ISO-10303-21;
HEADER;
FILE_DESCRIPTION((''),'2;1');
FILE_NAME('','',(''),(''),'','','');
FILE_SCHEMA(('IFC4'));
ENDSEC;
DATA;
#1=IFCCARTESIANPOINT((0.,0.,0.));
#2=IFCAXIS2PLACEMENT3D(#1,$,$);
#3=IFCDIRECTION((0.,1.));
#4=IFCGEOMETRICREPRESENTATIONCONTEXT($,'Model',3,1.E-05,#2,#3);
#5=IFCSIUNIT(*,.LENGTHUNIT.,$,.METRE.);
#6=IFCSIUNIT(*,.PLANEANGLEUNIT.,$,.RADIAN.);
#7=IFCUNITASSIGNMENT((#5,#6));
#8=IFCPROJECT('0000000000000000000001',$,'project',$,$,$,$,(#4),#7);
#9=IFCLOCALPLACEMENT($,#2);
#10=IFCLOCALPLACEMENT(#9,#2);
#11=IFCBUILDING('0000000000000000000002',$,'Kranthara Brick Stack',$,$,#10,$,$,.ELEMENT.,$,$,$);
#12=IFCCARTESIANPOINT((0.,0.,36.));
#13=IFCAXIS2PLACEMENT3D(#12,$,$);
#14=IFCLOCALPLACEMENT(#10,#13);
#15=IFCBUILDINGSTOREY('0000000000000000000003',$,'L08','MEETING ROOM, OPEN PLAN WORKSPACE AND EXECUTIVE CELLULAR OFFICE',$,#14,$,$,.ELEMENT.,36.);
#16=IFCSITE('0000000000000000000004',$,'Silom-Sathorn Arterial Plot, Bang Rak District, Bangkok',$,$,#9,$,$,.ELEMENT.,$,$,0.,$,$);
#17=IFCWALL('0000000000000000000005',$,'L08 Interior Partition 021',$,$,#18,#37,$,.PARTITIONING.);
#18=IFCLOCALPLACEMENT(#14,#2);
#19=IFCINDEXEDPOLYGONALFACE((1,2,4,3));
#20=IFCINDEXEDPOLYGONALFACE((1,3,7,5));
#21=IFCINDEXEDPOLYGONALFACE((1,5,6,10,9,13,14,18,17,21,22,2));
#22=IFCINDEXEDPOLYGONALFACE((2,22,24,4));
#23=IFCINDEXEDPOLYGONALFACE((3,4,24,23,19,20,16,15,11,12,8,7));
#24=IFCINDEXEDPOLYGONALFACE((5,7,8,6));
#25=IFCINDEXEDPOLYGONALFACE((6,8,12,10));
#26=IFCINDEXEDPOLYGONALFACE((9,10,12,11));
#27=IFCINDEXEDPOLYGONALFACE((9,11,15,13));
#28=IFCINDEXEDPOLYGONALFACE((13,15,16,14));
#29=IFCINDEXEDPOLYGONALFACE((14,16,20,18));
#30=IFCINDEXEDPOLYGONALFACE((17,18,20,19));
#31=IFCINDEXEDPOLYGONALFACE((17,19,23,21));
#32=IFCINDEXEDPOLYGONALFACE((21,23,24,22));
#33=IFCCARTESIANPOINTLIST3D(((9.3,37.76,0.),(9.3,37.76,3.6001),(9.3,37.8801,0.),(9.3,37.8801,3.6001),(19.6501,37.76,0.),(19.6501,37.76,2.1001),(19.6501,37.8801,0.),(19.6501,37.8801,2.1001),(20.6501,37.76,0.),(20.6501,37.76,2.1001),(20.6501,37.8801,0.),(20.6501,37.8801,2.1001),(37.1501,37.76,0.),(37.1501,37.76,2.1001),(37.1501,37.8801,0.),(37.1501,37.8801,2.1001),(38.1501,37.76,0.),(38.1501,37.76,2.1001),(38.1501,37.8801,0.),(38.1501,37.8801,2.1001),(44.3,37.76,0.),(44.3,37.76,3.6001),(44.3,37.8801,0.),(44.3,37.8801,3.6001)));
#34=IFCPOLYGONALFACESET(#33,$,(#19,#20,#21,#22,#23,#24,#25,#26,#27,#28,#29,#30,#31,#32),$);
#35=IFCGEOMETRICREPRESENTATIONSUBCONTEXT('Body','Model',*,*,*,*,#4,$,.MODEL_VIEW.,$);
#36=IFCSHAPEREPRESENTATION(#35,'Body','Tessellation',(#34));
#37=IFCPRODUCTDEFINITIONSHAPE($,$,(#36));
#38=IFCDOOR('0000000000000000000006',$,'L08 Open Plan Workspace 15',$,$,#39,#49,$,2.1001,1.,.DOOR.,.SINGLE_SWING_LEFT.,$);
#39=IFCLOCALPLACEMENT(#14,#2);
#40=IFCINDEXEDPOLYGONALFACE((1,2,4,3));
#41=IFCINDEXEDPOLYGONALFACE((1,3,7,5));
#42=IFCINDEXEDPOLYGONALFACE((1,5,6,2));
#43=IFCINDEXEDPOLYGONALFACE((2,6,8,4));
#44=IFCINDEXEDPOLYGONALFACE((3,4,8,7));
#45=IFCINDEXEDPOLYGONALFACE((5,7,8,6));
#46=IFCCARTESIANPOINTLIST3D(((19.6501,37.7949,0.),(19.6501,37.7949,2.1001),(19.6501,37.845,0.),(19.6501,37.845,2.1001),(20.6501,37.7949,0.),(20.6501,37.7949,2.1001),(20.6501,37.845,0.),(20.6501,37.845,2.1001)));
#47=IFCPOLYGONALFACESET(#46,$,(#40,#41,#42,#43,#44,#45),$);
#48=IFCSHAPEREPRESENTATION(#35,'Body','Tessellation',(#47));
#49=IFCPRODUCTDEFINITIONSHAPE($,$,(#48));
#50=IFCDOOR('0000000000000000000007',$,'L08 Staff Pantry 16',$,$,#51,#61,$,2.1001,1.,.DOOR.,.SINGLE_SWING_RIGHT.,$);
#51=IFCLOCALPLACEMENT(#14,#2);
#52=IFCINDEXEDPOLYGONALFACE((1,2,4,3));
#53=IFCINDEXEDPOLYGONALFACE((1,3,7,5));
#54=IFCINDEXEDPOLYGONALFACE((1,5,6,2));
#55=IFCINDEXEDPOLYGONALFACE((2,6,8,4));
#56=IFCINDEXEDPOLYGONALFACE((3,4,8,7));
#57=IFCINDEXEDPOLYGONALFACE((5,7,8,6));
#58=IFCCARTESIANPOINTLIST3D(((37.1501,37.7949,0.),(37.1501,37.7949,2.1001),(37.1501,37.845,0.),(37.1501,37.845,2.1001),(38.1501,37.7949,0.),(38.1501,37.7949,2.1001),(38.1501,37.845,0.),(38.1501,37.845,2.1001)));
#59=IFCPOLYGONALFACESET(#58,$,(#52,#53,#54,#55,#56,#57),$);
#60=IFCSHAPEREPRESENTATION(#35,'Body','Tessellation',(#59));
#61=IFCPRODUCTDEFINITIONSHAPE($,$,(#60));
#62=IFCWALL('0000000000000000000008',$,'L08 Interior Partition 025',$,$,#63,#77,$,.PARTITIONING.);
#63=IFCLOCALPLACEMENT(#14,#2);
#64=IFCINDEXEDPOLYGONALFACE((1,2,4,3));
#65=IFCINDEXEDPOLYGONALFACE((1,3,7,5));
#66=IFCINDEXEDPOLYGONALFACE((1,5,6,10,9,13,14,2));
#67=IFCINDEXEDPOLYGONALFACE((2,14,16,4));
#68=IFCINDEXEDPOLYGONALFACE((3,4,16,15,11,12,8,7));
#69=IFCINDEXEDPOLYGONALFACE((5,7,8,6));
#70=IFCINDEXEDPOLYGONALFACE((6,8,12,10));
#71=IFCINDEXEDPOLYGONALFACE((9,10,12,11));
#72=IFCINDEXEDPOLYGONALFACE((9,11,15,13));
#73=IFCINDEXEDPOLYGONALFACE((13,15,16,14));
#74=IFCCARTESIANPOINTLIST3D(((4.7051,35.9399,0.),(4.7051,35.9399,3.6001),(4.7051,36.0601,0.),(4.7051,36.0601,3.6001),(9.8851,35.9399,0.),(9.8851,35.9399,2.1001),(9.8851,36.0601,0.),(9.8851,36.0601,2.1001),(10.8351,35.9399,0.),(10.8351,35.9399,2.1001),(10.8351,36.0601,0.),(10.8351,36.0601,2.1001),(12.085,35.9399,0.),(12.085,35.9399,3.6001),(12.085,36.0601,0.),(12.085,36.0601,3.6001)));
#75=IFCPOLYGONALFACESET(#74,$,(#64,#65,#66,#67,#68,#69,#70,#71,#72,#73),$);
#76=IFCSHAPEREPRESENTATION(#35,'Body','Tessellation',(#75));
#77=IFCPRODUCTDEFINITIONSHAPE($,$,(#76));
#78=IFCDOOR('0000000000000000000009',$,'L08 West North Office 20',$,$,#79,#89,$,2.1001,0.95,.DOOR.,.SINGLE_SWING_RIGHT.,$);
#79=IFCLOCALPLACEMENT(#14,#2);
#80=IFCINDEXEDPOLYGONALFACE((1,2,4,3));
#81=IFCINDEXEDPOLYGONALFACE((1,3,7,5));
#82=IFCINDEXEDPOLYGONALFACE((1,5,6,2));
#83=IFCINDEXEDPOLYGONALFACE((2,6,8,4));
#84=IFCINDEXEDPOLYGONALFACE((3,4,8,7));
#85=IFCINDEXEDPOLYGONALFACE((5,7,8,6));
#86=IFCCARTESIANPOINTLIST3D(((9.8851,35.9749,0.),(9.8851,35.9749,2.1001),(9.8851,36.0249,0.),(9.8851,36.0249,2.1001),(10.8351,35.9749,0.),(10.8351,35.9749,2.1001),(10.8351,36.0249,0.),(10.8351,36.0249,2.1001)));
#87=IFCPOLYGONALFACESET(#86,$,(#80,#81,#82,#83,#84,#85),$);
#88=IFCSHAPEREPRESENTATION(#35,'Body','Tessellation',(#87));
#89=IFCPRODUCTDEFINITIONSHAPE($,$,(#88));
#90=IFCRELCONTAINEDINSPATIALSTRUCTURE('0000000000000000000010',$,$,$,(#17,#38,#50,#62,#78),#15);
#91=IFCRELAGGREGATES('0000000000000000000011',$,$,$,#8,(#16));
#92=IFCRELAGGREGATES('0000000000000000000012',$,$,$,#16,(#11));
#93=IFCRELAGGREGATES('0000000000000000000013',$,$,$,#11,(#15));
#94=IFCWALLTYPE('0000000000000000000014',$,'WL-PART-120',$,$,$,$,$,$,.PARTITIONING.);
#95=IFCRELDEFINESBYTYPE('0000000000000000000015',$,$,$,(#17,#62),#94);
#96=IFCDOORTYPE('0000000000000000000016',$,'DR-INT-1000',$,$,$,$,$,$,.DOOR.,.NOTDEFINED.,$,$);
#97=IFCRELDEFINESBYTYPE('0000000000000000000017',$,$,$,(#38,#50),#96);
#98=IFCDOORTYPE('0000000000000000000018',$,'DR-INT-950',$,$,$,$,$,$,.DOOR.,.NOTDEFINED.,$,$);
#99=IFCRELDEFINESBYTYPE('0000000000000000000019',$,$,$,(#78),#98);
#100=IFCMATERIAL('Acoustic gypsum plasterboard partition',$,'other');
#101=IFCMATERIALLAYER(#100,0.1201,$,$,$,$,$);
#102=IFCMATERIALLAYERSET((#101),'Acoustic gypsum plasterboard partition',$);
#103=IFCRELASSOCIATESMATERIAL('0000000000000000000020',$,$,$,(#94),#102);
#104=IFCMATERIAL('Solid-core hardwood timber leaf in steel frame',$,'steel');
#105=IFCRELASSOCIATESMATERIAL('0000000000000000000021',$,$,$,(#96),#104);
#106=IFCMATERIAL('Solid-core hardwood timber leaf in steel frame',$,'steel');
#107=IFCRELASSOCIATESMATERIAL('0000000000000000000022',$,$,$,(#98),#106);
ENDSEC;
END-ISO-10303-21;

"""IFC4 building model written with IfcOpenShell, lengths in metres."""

from ifc_helpers import new_model, si_unit, direction, frame, frame_2d, origin, place, context, subcontext, project, spatial, rectangle, extrude, material, layer, layer_set, type_object, element, fill, save


model = new_model("IFC4")

# Units and contexts
model_context = context("Model", 3, precision=1e-05, world=origin(), true_north=direction((0.0, 1.0)))
body_context = subcontext(model_context, "Body", "Model", "MODEL_VIEW")
ifc_project = project(units=[si_unit("LENGTHUNIT", "METRE"), si_unit("PLANEANGLEUNIT", "RADIAN")], contexts=[model_context])

# Site, building, storey
site_placement = place(None, origin())
site = spatial("IfcSite", under=ifc_project, at=site_placement, Name="Silom-Sathorn Arterial Plot, Bang Rak District, Bangkok", CompositionType="ELEMENT", RefElevation=0.0)
building_placement = place(site_placement, origin())
building = spatial("IfcBuilding", under=site, at=building_placement, Name="Kranthara Brick Stack", CompositionType="ELEMENT")
storey_placement = place(building_placement, frame((0.0, 0.0, 36.0)))
storey = spatial("IfcBuildingStorey", under=building, at=storey_placement, Name="L08", Description="MEETING ROOM, OPEN PLAN WORKSPACE AND EXECUTIVE CELLULAR OFFICE", CompositionType="ELEMENT", Elevation=36.0)

# Wall, openings, doors
ifc_material_1 = material(Name="Acoustic gypsum plasterboard partition", Category="other")
ifc_layer_1 = layer(ifc_material_1, 0.1201)
ifc_layer_set_1 = layer_set([ifc_layer_1], Name="Acoustic gypsum plasterboard partition")
wall_type_1 = type_object("IfcWallType", Name="WL-PART-120", PredefinedType="PARTITIONING", material=ifc_layer_set_1)
wall_1_placement = place(storey_placement, frame((9.3, 37.8201, 0.0), z_axis=(0.0, 0.0, 1.0), x_axis=(1.0, 0.0, 0.0)))
wall_1 = element("IfcWall", 1, at=wall_1_placement, inside=storey, type_object=wall_type_1, Name="L08 Interior Partition 021", PredefinedType="PARTITIONING", context=body_context, shape_type="SweptSolid", body=[
    extrude(rectangle(XDim=35.0, YDim=0.1201, at=frame_2d((17.5, 0.0))), origin(), (0.0, 0.0, 1.0), 3.6001),
])
opening_1_placement = place(wall_1_placement, frame((10.3501, 0.0, 0.0)))
opening_1 = element("IfcOpeningElement", 2, at=opening_1_placement, cuts=wall_1, PredefinedType="OPENING", context=body_context, shape_type="SweptSolid", body=[
    extrude(rectangle(XDim=1.0, YDim=2.1001, at=frame_2d((0.5, 1.05))), frame((0.0, 0.0701, 0.0), z_axis=(0.0, -1.0, 0.0), x_axis=(1.0, 0.0, 0.0)), (0.0, 0.0, 1.0), 0.1401),
])
opening_2_placement = place(wall_1_placement, frame((27.8501, 0.0, 0.0)))
opening_2 = element("IfcOpeningElement", 3, at=opening_2_placement, cuts=wall_1, PredefinedType="OPENING", context=body_context, shape_type="SweptSolid", body=[
    extrude(rectangle(XDim=1.0, YDim=2.1001, at=frame_2d((0.5, 1.05))), frame((0.0, 0.0701, 0.0), z_axis=(0.0, -1.0, 0.0), x_axis=(1.0, 0.0, 0.0)), (0.0, 0.0, 1.0), 0.1401),
])
ifc_material_2 = material(Name="Solid-core hardwood timber leaf in steel frame", Category="steel")
door_type_1 = type_object("IfcDoorType", Name="DR-INT-1000", OperationType="NOTDEFINED", PredefinedType="DOOR", material=ifc_material_2)
door_1_placement = place(opening_1_placement, origin())
door_1 = element("IfcDoor", 4, at=door_1_placement, inside=storey, type_object=door_type_1, Name="L08 Open Plan Workspace 15", OperationType="SINGLE_SWING_LEFT", OverallHeight=2.1001, OverallWidth=1.0, PredefinedType="DOOR", context=body_context, shape_type="SweptSolid", body=[
    extrude(rectangle(XDim=1.0, YDim=2.1001, at=frame_2d((0.5, 1.05))), frame((0.0, 0.0249, 0.0), z_axis=(0.0, -1.0, 0.0), x_axis=(1.0, 0.0, 0.0)), (0.0, 0.0, 1.0), 0.05),
])
fill(opening_1, door_1)
door_2_placement = place(opening_2_placement, origin())
door_2 = element("IfcDoor", 5, at=door_2_placement, inside=storey, type_object=door_type_1, Name="L08 Staff Pantry 16", OperationType="SINGLE_SWING_RIGHT", OverallHeight=2.1001, OverallWidth=1.0, PredefinedType="DOOR", context=body_context, shape_type="SweptSolid", body=[
    extrude(rectangle(XDim=1.0, YDim=2.1001, at=frame_2d((0.5, 1.05))), frame((0.0, 0.0249, 0.0), z_axis=(0.0, -1.0, 0.0), x_axis=(1.0, 0.0, 0.0)), (0.0, 0.0, 1.0), 0.05),
])
fill(opening_2, door_2)

# Wall, opening, door
wall_2_placement = place(storey_placement, frame((4.7051, 36.0, 0.0), z_axis=(0.0, 0.0, 1.0), x_axis=(1.0, 0.0, 0.0)))
wall_2 = element("IfcWall", 6, at=wall_2_placement, inside=storey, type_object=wall_type_1, Name="L08 Interior Partition 025", PredefinedType="PARTITIONING", context=body_context, shape_type="SweptSolid", body=[
    extrude(rectangle(XDim=7.3799, YDim=0.1201, at=frame_2d((3.6899, 0.0))), origin(), (0.0, 0.0, 1.0), 3.6001),
])
opening_3_placement = place(wall_2_placement, frame((5.1799, 0.0, 0.0)))
opening_3 = element("IfcOpeningElement", 7, at=opening_3_placement, cuts=wall_2, PredefinedType="OPENING", context=body_context, shape_type="SweptSolid", body=[
    extrude(rectangle(XDim=0.95, YDim=2.1001, at=frame_2d((0.4751, 1.05))), frame((0.0, 0.0701, 0.0), z_axis=(0.0, -1.0, 0.0), x_axis=(1.0, 0.0, 0.0)), (0.0, 0.0, 1.0), 0.1401),
])
ifc_material_3 = material(Name="Solid-core hardwood timber leaf in steel frame", Category="steel")
door_type_2 = type_object("IfcDoorType", Name="DR-INT-950", OperationType="NOTDEFINED", PredefinedType="DOOR", material=ifc_material_3)
door_3_placement = place(opening_3_placement, origin())
door_3 = element("IfcDoor", 8, at=door_3_placement, inside=storey, type_object=door_type_2, Name="L08 West North Office 20", OperationType="SINGLE_SWING_RIGHT", OverallHeight=2.1001, OverallWidth=0.95, PredefinedType="DOOR", context=body_context, shape_type="SweptSolid", body=[
    extrude(rectangle(XDim=0.95, YDim=2.1001, at=frame_2d((0.4751, 1.05))), frame((0.0, 0.0249, 0.0), z_axis=(0.0, -1.0, 0.0), x_axis=(1.0, 0.0, 0.0)), (0.0, 0.0, 1.0), 0.05),
])
fill(opening_3, door_3)

save(model, "model.ifc")
